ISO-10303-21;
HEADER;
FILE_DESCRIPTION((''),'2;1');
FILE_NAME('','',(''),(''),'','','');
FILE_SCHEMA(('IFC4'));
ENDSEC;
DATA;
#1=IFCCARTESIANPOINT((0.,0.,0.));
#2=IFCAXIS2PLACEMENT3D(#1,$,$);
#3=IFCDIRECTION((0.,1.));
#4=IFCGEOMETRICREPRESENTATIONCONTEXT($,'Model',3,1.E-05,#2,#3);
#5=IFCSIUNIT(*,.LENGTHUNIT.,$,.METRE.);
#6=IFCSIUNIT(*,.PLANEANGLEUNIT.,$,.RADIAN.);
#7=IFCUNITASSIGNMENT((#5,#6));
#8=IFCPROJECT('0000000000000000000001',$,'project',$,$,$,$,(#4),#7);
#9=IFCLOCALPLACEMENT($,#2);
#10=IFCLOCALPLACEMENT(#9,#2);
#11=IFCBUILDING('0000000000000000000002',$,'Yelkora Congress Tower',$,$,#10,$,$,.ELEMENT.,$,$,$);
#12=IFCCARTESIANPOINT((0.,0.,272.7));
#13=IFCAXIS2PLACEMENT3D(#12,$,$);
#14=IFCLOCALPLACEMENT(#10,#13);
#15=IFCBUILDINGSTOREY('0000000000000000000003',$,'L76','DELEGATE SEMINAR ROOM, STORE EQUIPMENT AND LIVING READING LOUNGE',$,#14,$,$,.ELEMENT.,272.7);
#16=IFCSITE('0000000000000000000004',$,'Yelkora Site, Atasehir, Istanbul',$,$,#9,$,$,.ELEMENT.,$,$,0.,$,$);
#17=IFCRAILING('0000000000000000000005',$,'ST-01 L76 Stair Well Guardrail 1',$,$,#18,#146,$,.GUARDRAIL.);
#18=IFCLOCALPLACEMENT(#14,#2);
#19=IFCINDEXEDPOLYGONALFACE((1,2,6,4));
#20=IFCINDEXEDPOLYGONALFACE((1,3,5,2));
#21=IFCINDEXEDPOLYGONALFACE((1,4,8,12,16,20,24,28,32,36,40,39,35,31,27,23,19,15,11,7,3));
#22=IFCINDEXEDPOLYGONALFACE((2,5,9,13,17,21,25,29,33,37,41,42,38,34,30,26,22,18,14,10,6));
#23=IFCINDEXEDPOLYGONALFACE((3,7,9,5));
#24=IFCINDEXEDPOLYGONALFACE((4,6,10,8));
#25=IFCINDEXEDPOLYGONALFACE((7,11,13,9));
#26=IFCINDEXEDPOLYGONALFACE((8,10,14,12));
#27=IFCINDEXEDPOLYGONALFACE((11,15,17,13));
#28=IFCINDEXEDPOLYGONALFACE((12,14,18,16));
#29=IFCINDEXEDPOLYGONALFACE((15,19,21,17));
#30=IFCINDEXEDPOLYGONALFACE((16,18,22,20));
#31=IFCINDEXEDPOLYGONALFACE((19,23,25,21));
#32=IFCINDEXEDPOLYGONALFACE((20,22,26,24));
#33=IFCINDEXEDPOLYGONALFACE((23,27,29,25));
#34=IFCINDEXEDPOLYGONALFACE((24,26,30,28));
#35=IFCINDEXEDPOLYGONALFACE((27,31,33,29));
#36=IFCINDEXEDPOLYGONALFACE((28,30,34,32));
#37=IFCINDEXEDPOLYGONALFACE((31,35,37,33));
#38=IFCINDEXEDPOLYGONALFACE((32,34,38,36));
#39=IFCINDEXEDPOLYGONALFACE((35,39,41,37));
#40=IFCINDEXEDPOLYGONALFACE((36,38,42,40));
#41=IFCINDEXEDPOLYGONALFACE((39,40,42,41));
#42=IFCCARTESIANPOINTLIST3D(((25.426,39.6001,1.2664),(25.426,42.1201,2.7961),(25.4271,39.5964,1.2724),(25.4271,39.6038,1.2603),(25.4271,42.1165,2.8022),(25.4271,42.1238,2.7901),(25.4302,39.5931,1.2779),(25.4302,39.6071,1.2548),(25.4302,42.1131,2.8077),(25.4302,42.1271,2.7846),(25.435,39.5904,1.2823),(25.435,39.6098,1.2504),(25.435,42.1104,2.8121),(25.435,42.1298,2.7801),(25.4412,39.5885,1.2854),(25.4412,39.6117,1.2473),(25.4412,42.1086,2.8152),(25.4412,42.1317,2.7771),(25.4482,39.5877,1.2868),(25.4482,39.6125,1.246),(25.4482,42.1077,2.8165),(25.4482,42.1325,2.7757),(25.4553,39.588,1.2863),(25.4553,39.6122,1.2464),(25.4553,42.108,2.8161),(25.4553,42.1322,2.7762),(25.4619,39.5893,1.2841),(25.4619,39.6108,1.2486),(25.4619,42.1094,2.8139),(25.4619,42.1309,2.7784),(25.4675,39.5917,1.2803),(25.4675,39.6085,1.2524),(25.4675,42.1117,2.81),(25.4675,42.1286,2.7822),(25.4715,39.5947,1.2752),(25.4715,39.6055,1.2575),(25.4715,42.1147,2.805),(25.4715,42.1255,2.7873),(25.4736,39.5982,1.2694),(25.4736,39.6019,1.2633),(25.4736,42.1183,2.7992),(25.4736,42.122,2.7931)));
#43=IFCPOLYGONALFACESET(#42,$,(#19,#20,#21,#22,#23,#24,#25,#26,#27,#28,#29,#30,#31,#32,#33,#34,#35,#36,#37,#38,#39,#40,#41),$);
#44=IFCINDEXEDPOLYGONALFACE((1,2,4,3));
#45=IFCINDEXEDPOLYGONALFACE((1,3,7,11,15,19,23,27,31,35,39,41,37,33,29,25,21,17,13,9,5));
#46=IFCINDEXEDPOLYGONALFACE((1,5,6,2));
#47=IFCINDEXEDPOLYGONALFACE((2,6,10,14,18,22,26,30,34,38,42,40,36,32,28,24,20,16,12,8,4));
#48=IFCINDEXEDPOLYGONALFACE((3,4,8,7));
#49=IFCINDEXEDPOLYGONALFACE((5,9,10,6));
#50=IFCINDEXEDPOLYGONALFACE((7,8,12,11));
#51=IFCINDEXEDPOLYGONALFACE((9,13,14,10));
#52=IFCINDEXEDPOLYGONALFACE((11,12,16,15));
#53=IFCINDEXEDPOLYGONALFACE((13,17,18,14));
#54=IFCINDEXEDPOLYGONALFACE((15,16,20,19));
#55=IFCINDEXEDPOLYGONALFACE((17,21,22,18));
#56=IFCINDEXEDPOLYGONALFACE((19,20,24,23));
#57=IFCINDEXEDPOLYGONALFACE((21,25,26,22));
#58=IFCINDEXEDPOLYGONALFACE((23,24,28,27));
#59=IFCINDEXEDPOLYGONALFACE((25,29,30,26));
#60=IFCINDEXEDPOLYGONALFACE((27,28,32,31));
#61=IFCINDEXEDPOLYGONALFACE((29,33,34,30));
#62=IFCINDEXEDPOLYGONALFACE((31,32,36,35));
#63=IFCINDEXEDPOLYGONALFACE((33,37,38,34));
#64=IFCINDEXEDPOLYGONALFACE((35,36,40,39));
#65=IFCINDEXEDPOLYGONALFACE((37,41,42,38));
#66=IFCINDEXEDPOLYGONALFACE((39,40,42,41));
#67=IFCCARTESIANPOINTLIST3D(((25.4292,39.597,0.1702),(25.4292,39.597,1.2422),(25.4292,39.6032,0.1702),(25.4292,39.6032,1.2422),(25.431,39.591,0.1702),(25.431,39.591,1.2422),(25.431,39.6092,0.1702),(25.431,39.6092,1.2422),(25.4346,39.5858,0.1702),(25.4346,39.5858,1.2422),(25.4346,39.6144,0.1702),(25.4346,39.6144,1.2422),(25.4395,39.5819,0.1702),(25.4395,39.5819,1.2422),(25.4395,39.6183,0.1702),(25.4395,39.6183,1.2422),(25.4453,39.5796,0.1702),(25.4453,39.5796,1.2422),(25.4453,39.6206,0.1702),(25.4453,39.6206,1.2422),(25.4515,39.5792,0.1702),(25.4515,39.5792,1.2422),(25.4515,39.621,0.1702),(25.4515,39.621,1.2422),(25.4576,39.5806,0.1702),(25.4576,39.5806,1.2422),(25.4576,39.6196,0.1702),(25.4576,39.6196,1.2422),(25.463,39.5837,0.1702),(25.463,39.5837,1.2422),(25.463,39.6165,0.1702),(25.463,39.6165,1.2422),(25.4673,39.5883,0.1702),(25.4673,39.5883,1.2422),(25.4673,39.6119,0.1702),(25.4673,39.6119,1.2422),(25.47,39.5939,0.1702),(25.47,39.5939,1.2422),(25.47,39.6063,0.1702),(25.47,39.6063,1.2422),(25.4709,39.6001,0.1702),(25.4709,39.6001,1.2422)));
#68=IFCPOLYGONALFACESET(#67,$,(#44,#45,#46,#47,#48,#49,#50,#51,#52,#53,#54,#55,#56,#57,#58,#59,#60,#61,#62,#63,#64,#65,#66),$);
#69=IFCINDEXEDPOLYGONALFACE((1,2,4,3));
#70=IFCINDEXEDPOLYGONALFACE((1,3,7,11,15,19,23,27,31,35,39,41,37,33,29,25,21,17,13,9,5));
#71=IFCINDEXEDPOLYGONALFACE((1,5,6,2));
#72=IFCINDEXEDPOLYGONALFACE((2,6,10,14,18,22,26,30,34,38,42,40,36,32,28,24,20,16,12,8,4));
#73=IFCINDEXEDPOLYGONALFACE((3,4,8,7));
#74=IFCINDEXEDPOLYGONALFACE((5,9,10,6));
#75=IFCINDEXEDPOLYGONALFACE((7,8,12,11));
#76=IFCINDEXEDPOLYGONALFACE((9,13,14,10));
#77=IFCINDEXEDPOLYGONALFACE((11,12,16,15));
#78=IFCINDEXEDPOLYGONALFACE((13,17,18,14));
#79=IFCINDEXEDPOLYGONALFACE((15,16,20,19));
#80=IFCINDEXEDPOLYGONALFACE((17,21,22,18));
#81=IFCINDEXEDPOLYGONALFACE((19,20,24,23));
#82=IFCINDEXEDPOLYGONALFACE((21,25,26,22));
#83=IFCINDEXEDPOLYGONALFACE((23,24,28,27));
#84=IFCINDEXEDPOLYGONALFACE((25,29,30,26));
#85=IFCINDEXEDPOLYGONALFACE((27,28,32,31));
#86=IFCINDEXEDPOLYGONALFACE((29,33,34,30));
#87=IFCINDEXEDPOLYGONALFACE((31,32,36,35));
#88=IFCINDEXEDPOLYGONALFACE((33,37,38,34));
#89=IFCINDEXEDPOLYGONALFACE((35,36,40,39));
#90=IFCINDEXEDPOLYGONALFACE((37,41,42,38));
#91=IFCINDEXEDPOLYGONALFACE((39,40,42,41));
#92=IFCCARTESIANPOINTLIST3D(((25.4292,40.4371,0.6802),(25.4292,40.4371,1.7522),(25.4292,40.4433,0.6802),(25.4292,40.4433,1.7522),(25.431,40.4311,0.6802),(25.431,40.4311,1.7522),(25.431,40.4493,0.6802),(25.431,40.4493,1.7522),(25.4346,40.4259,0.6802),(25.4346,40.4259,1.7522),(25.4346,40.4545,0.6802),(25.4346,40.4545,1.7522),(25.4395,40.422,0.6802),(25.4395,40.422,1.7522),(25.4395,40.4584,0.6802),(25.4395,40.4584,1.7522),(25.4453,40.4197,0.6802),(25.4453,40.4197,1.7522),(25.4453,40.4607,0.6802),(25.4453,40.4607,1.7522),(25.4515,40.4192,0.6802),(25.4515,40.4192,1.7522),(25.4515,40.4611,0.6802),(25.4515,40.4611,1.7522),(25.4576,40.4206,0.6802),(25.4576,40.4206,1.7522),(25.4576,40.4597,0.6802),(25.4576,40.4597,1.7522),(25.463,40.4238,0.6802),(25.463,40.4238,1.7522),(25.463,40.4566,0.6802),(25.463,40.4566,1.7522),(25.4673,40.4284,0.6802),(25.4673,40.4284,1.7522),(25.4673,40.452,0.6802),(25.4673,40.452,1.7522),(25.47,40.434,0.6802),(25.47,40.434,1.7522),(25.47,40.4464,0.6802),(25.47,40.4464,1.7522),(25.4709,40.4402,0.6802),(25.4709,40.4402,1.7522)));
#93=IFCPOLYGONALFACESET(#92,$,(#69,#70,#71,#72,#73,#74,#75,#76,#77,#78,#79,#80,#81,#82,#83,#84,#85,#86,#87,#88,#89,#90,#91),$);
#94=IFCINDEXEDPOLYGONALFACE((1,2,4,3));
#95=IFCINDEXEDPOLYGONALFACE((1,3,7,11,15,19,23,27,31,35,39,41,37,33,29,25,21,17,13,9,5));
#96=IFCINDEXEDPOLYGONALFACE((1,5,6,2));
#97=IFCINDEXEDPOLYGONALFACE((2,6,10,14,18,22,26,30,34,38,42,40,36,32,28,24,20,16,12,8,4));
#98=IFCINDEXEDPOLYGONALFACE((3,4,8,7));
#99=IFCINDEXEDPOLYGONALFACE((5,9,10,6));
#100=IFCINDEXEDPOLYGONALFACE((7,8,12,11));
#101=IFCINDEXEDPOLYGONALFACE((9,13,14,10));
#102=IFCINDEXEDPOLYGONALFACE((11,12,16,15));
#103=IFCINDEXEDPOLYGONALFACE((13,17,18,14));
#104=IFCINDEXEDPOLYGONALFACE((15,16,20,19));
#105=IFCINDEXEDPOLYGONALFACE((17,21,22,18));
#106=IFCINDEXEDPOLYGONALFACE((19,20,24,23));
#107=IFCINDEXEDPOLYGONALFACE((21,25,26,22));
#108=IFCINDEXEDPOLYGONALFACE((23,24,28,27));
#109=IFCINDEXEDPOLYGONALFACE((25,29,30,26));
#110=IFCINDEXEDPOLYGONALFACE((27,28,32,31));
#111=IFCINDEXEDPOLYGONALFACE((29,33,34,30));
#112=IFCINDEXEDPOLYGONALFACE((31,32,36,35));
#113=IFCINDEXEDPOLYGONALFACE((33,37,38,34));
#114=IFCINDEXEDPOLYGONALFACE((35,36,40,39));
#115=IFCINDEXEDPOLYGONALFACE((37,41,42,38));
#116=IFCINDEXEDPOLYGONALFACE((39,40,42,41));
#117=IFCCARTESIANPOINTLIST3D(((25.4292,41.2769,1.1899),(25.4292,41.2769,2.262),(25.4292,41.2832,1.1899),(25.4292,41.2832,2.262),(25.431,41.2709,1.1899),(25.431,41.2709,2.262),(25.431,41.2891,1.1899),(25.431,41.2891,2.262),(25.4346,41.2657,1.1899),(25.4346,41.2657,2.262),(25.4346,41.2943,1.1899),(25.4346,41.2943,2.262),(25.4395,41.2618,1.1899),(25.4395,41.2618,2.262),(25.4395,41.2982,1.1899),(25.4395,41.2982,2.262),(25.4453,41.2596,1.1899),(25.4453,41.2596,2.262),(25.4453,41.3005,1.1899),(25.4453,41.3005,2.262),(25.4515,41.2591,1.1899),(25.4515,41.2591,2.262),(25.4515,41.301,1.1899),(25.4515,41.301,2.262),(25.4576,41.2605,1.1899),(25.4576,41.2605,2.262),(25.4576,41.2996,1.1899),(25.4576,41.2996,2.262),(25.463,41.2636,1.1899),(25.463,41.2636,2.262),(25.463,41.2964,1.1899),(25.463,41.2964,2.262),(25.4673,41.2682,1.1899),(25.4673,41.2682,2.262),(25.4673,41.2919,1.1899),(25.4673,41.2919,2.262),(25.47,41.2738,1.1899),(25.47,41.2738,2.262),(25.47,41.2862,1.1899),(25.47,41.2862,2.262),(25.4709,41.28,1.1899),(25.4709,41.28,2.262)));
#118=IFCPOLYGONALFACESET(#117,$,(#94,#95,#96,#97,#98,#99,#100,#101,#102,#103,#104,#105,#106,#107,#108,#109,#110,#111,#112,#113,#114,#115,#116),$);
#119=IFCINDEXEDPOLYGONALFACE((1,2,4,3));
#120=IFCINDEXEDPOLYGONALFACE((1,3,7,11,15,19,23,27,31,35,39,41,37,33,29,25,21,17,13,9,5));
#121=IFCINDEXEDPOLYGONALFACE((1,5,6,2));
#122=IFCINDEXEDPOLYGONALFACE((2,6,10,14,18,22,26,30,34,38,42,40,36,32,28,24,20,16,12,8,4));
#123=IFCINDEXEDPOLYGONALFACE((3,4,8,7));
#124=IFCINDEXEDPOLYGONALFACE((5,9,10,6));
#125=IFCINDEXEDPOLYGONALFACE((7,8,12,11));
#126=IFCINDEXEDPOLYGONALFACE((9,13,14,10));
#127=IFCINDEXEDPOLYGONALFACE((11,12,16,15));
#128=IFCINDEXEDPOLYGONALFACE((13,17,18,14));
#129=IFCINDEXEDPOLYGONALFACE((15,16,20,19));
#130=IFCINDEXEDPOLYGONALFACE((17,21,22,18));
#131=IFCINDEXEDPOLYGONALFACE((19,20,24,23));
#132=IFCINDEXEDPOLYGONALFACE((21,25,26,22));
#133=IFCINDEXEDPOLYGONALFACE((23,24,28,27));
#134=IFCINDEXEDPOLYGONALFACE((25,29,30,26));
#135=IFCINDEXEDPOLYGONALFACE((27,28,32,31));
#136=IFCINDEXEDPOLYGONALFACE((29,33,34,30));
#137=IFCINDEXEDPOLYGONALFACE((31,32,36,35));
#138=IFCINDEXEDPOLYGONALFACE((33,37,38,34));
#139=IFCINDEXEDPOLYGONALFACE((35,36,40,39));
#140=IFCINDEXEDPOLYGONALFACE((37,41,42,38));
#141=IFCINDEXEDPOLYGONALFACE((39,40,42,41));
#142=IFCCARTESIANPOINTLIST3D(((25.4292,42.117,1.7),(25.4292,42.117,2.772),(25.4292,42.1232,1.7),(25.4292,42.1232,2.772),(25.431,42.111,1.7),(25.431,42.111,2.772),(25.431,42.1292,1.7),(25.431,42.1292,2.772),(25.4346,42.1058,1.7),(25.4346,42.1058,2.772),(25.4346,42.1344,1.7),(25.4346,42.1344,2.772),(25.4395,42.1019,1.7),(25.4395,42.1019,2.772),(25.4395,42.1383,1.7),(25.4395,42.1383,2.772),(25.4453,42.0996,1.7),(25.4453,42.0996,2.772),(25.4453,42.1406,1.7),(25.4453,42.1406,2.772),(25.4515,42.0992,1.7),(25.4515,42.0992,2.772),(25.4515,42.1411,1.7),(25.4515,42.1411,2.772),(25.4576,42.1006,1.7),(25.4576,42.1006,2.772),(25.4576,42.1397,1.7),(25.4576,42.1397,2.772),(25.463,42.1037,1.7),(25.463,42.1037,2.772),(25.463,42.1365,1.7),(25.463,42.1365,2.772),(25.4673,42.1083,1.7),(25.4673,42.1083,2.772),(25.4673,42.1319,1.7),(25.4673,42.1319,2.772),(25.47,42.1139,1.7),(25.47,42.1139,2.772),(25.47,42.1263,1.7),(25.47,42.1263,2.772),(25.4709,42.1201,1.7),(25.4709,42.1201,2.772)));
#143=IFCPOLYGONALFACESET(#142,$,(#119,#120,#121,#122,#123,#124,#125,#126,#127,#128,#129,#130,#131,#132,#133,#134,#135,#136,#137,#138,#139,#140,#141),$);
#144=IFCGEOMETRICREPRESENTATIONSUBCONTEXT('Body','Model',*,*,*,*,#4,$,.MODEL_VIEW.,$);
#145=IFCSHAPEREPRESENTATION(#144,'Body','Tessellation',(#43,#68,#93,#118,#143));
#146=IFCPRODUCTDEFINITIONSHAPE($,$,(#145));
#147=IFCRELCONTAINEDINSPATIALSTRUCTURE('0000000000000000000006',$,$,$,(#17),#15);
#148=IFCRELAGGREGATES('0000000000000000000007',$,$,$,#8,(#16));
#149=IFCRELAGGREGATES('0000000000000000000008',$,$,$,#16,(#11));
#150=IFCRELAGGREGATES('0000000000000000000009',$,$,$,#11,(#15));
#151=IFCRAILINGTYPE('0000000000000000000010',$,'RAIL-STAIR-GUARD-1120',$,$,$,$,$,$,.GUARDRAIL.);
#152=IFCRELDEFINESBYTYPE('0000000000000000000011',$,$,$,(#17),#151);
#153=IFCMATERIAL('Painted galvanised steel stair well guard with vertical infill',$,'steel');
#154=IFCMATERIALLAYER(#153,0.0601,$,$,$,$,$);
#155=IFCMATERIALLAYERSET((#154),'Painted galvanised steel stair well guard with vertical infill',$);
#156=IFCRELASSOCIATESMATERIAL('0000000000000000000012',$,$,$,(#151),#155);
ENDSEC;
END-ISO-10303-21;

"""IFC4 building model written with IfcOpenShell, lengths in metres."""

from ifc_helpers import new_model, si_unit, direction, frame, origin, origin_2d, place, context, subcontext, project, spatial, circle, extrude, material, layer, layer_set, type_object, element, save


model = new_model("IFC4")

# Units and contexts
model_context = context("Model", 3, precision=1e-05, world=origin(), true_north=direction((0.0, 1.0)))
body_context = subcontext(model_context, "Body", "Model", "MODEL_VIEW")
ifc_project = project(units=[si_unit("LENGTHUNIT", "METRE"), si_unit("PLANEANGLEUNIT", "RADIAN")], contexts=[model_context])

# Site, building, storey
site_placement = place(None, origin())
site = spatial("IfcSite", under=ifc_project, at=site_placement, Name="Yelkora Site, Atasehir, Istanbul", CompositionType="ELEMENT", RefElevation=0.0)
building_placement = place(site_placement, origin())
building = spatial("IfcBuilding", under=site, at=building_placement, Name="Yelkora Congress Tower", CompositionType="ELEMENT")
storey_placement = place(building_placement, frame((0.0, 0.0, 272.7)))
storey = spatial("IfcBuildingStorey", under=building, at=storey_placement, Name="L76", Description="DELEGATE SEMINAR ROOM, STORE EQUIPMENT AND LIVING READING LOUNGE", CompositionType="ELEMENT", Elevation=272.7)

# Railing
ifc_material_1 = material(Name="Painted galvanised steel stair well guard with vertical infill", Category="steel")
ifc_layer_1 = layer(ifc_material_1, 0.0601)
ifc_layer_set_1 = layer_set([ifc_layer_1], Name="Painted galvanised steel stair well guard with vertical infill")
railing_type_1 = type_object("IfcRailingType", Name="RAIL-STAIR-GUARD-1120", PredefinedType="GUARDRAIL", material=ifc_layer_set_1)
railing_1_placement = place(storey_placement, frame((25.45, 39.6001, 0.1702)))
element("IfcRailing", 1, at=railing_1_placement, inside=storey, type_object=railing_type_1, Name="ST-01 L76 Stair Well Guardrail 1", PredefinedType="GUARDRAIL", context=body_context, shape_type="SweptSolid", body=[
    extrude(circle(Radius=0.0239, at=origin_2d()), frame((0.0, 0.0, 1.0962), z_axis=(0.0, 0.854822, 0.518922), x_axis=(-1.0, 0.0, 0.0)), (0.0, 0.0, 1.0), 2.948),
    extrude(circle(Radius=0.021, at=origin_2d()), origin(), (0.0, 0.0, 1.0), 1.072),
    extrude(circle(Radius=0.021, at=origin_2d()), frame((0.0, 0.8401, 0.51)), (0.0, 0.0, 1.0), 1.072),
    extrude(circle(Radius=0.021, at=origin_2d()), frame((0.0, 1.6799, 1.0198)), (0.0, 0.0, 1.0), 1.072),
    extrude(circle(Radius=0.021, at=origin_2d()), frame((0.0, 2.52, 1.5298)), (0.0, 0.0, 1.0), 1.072),
])

save(model, "model.ifc")
